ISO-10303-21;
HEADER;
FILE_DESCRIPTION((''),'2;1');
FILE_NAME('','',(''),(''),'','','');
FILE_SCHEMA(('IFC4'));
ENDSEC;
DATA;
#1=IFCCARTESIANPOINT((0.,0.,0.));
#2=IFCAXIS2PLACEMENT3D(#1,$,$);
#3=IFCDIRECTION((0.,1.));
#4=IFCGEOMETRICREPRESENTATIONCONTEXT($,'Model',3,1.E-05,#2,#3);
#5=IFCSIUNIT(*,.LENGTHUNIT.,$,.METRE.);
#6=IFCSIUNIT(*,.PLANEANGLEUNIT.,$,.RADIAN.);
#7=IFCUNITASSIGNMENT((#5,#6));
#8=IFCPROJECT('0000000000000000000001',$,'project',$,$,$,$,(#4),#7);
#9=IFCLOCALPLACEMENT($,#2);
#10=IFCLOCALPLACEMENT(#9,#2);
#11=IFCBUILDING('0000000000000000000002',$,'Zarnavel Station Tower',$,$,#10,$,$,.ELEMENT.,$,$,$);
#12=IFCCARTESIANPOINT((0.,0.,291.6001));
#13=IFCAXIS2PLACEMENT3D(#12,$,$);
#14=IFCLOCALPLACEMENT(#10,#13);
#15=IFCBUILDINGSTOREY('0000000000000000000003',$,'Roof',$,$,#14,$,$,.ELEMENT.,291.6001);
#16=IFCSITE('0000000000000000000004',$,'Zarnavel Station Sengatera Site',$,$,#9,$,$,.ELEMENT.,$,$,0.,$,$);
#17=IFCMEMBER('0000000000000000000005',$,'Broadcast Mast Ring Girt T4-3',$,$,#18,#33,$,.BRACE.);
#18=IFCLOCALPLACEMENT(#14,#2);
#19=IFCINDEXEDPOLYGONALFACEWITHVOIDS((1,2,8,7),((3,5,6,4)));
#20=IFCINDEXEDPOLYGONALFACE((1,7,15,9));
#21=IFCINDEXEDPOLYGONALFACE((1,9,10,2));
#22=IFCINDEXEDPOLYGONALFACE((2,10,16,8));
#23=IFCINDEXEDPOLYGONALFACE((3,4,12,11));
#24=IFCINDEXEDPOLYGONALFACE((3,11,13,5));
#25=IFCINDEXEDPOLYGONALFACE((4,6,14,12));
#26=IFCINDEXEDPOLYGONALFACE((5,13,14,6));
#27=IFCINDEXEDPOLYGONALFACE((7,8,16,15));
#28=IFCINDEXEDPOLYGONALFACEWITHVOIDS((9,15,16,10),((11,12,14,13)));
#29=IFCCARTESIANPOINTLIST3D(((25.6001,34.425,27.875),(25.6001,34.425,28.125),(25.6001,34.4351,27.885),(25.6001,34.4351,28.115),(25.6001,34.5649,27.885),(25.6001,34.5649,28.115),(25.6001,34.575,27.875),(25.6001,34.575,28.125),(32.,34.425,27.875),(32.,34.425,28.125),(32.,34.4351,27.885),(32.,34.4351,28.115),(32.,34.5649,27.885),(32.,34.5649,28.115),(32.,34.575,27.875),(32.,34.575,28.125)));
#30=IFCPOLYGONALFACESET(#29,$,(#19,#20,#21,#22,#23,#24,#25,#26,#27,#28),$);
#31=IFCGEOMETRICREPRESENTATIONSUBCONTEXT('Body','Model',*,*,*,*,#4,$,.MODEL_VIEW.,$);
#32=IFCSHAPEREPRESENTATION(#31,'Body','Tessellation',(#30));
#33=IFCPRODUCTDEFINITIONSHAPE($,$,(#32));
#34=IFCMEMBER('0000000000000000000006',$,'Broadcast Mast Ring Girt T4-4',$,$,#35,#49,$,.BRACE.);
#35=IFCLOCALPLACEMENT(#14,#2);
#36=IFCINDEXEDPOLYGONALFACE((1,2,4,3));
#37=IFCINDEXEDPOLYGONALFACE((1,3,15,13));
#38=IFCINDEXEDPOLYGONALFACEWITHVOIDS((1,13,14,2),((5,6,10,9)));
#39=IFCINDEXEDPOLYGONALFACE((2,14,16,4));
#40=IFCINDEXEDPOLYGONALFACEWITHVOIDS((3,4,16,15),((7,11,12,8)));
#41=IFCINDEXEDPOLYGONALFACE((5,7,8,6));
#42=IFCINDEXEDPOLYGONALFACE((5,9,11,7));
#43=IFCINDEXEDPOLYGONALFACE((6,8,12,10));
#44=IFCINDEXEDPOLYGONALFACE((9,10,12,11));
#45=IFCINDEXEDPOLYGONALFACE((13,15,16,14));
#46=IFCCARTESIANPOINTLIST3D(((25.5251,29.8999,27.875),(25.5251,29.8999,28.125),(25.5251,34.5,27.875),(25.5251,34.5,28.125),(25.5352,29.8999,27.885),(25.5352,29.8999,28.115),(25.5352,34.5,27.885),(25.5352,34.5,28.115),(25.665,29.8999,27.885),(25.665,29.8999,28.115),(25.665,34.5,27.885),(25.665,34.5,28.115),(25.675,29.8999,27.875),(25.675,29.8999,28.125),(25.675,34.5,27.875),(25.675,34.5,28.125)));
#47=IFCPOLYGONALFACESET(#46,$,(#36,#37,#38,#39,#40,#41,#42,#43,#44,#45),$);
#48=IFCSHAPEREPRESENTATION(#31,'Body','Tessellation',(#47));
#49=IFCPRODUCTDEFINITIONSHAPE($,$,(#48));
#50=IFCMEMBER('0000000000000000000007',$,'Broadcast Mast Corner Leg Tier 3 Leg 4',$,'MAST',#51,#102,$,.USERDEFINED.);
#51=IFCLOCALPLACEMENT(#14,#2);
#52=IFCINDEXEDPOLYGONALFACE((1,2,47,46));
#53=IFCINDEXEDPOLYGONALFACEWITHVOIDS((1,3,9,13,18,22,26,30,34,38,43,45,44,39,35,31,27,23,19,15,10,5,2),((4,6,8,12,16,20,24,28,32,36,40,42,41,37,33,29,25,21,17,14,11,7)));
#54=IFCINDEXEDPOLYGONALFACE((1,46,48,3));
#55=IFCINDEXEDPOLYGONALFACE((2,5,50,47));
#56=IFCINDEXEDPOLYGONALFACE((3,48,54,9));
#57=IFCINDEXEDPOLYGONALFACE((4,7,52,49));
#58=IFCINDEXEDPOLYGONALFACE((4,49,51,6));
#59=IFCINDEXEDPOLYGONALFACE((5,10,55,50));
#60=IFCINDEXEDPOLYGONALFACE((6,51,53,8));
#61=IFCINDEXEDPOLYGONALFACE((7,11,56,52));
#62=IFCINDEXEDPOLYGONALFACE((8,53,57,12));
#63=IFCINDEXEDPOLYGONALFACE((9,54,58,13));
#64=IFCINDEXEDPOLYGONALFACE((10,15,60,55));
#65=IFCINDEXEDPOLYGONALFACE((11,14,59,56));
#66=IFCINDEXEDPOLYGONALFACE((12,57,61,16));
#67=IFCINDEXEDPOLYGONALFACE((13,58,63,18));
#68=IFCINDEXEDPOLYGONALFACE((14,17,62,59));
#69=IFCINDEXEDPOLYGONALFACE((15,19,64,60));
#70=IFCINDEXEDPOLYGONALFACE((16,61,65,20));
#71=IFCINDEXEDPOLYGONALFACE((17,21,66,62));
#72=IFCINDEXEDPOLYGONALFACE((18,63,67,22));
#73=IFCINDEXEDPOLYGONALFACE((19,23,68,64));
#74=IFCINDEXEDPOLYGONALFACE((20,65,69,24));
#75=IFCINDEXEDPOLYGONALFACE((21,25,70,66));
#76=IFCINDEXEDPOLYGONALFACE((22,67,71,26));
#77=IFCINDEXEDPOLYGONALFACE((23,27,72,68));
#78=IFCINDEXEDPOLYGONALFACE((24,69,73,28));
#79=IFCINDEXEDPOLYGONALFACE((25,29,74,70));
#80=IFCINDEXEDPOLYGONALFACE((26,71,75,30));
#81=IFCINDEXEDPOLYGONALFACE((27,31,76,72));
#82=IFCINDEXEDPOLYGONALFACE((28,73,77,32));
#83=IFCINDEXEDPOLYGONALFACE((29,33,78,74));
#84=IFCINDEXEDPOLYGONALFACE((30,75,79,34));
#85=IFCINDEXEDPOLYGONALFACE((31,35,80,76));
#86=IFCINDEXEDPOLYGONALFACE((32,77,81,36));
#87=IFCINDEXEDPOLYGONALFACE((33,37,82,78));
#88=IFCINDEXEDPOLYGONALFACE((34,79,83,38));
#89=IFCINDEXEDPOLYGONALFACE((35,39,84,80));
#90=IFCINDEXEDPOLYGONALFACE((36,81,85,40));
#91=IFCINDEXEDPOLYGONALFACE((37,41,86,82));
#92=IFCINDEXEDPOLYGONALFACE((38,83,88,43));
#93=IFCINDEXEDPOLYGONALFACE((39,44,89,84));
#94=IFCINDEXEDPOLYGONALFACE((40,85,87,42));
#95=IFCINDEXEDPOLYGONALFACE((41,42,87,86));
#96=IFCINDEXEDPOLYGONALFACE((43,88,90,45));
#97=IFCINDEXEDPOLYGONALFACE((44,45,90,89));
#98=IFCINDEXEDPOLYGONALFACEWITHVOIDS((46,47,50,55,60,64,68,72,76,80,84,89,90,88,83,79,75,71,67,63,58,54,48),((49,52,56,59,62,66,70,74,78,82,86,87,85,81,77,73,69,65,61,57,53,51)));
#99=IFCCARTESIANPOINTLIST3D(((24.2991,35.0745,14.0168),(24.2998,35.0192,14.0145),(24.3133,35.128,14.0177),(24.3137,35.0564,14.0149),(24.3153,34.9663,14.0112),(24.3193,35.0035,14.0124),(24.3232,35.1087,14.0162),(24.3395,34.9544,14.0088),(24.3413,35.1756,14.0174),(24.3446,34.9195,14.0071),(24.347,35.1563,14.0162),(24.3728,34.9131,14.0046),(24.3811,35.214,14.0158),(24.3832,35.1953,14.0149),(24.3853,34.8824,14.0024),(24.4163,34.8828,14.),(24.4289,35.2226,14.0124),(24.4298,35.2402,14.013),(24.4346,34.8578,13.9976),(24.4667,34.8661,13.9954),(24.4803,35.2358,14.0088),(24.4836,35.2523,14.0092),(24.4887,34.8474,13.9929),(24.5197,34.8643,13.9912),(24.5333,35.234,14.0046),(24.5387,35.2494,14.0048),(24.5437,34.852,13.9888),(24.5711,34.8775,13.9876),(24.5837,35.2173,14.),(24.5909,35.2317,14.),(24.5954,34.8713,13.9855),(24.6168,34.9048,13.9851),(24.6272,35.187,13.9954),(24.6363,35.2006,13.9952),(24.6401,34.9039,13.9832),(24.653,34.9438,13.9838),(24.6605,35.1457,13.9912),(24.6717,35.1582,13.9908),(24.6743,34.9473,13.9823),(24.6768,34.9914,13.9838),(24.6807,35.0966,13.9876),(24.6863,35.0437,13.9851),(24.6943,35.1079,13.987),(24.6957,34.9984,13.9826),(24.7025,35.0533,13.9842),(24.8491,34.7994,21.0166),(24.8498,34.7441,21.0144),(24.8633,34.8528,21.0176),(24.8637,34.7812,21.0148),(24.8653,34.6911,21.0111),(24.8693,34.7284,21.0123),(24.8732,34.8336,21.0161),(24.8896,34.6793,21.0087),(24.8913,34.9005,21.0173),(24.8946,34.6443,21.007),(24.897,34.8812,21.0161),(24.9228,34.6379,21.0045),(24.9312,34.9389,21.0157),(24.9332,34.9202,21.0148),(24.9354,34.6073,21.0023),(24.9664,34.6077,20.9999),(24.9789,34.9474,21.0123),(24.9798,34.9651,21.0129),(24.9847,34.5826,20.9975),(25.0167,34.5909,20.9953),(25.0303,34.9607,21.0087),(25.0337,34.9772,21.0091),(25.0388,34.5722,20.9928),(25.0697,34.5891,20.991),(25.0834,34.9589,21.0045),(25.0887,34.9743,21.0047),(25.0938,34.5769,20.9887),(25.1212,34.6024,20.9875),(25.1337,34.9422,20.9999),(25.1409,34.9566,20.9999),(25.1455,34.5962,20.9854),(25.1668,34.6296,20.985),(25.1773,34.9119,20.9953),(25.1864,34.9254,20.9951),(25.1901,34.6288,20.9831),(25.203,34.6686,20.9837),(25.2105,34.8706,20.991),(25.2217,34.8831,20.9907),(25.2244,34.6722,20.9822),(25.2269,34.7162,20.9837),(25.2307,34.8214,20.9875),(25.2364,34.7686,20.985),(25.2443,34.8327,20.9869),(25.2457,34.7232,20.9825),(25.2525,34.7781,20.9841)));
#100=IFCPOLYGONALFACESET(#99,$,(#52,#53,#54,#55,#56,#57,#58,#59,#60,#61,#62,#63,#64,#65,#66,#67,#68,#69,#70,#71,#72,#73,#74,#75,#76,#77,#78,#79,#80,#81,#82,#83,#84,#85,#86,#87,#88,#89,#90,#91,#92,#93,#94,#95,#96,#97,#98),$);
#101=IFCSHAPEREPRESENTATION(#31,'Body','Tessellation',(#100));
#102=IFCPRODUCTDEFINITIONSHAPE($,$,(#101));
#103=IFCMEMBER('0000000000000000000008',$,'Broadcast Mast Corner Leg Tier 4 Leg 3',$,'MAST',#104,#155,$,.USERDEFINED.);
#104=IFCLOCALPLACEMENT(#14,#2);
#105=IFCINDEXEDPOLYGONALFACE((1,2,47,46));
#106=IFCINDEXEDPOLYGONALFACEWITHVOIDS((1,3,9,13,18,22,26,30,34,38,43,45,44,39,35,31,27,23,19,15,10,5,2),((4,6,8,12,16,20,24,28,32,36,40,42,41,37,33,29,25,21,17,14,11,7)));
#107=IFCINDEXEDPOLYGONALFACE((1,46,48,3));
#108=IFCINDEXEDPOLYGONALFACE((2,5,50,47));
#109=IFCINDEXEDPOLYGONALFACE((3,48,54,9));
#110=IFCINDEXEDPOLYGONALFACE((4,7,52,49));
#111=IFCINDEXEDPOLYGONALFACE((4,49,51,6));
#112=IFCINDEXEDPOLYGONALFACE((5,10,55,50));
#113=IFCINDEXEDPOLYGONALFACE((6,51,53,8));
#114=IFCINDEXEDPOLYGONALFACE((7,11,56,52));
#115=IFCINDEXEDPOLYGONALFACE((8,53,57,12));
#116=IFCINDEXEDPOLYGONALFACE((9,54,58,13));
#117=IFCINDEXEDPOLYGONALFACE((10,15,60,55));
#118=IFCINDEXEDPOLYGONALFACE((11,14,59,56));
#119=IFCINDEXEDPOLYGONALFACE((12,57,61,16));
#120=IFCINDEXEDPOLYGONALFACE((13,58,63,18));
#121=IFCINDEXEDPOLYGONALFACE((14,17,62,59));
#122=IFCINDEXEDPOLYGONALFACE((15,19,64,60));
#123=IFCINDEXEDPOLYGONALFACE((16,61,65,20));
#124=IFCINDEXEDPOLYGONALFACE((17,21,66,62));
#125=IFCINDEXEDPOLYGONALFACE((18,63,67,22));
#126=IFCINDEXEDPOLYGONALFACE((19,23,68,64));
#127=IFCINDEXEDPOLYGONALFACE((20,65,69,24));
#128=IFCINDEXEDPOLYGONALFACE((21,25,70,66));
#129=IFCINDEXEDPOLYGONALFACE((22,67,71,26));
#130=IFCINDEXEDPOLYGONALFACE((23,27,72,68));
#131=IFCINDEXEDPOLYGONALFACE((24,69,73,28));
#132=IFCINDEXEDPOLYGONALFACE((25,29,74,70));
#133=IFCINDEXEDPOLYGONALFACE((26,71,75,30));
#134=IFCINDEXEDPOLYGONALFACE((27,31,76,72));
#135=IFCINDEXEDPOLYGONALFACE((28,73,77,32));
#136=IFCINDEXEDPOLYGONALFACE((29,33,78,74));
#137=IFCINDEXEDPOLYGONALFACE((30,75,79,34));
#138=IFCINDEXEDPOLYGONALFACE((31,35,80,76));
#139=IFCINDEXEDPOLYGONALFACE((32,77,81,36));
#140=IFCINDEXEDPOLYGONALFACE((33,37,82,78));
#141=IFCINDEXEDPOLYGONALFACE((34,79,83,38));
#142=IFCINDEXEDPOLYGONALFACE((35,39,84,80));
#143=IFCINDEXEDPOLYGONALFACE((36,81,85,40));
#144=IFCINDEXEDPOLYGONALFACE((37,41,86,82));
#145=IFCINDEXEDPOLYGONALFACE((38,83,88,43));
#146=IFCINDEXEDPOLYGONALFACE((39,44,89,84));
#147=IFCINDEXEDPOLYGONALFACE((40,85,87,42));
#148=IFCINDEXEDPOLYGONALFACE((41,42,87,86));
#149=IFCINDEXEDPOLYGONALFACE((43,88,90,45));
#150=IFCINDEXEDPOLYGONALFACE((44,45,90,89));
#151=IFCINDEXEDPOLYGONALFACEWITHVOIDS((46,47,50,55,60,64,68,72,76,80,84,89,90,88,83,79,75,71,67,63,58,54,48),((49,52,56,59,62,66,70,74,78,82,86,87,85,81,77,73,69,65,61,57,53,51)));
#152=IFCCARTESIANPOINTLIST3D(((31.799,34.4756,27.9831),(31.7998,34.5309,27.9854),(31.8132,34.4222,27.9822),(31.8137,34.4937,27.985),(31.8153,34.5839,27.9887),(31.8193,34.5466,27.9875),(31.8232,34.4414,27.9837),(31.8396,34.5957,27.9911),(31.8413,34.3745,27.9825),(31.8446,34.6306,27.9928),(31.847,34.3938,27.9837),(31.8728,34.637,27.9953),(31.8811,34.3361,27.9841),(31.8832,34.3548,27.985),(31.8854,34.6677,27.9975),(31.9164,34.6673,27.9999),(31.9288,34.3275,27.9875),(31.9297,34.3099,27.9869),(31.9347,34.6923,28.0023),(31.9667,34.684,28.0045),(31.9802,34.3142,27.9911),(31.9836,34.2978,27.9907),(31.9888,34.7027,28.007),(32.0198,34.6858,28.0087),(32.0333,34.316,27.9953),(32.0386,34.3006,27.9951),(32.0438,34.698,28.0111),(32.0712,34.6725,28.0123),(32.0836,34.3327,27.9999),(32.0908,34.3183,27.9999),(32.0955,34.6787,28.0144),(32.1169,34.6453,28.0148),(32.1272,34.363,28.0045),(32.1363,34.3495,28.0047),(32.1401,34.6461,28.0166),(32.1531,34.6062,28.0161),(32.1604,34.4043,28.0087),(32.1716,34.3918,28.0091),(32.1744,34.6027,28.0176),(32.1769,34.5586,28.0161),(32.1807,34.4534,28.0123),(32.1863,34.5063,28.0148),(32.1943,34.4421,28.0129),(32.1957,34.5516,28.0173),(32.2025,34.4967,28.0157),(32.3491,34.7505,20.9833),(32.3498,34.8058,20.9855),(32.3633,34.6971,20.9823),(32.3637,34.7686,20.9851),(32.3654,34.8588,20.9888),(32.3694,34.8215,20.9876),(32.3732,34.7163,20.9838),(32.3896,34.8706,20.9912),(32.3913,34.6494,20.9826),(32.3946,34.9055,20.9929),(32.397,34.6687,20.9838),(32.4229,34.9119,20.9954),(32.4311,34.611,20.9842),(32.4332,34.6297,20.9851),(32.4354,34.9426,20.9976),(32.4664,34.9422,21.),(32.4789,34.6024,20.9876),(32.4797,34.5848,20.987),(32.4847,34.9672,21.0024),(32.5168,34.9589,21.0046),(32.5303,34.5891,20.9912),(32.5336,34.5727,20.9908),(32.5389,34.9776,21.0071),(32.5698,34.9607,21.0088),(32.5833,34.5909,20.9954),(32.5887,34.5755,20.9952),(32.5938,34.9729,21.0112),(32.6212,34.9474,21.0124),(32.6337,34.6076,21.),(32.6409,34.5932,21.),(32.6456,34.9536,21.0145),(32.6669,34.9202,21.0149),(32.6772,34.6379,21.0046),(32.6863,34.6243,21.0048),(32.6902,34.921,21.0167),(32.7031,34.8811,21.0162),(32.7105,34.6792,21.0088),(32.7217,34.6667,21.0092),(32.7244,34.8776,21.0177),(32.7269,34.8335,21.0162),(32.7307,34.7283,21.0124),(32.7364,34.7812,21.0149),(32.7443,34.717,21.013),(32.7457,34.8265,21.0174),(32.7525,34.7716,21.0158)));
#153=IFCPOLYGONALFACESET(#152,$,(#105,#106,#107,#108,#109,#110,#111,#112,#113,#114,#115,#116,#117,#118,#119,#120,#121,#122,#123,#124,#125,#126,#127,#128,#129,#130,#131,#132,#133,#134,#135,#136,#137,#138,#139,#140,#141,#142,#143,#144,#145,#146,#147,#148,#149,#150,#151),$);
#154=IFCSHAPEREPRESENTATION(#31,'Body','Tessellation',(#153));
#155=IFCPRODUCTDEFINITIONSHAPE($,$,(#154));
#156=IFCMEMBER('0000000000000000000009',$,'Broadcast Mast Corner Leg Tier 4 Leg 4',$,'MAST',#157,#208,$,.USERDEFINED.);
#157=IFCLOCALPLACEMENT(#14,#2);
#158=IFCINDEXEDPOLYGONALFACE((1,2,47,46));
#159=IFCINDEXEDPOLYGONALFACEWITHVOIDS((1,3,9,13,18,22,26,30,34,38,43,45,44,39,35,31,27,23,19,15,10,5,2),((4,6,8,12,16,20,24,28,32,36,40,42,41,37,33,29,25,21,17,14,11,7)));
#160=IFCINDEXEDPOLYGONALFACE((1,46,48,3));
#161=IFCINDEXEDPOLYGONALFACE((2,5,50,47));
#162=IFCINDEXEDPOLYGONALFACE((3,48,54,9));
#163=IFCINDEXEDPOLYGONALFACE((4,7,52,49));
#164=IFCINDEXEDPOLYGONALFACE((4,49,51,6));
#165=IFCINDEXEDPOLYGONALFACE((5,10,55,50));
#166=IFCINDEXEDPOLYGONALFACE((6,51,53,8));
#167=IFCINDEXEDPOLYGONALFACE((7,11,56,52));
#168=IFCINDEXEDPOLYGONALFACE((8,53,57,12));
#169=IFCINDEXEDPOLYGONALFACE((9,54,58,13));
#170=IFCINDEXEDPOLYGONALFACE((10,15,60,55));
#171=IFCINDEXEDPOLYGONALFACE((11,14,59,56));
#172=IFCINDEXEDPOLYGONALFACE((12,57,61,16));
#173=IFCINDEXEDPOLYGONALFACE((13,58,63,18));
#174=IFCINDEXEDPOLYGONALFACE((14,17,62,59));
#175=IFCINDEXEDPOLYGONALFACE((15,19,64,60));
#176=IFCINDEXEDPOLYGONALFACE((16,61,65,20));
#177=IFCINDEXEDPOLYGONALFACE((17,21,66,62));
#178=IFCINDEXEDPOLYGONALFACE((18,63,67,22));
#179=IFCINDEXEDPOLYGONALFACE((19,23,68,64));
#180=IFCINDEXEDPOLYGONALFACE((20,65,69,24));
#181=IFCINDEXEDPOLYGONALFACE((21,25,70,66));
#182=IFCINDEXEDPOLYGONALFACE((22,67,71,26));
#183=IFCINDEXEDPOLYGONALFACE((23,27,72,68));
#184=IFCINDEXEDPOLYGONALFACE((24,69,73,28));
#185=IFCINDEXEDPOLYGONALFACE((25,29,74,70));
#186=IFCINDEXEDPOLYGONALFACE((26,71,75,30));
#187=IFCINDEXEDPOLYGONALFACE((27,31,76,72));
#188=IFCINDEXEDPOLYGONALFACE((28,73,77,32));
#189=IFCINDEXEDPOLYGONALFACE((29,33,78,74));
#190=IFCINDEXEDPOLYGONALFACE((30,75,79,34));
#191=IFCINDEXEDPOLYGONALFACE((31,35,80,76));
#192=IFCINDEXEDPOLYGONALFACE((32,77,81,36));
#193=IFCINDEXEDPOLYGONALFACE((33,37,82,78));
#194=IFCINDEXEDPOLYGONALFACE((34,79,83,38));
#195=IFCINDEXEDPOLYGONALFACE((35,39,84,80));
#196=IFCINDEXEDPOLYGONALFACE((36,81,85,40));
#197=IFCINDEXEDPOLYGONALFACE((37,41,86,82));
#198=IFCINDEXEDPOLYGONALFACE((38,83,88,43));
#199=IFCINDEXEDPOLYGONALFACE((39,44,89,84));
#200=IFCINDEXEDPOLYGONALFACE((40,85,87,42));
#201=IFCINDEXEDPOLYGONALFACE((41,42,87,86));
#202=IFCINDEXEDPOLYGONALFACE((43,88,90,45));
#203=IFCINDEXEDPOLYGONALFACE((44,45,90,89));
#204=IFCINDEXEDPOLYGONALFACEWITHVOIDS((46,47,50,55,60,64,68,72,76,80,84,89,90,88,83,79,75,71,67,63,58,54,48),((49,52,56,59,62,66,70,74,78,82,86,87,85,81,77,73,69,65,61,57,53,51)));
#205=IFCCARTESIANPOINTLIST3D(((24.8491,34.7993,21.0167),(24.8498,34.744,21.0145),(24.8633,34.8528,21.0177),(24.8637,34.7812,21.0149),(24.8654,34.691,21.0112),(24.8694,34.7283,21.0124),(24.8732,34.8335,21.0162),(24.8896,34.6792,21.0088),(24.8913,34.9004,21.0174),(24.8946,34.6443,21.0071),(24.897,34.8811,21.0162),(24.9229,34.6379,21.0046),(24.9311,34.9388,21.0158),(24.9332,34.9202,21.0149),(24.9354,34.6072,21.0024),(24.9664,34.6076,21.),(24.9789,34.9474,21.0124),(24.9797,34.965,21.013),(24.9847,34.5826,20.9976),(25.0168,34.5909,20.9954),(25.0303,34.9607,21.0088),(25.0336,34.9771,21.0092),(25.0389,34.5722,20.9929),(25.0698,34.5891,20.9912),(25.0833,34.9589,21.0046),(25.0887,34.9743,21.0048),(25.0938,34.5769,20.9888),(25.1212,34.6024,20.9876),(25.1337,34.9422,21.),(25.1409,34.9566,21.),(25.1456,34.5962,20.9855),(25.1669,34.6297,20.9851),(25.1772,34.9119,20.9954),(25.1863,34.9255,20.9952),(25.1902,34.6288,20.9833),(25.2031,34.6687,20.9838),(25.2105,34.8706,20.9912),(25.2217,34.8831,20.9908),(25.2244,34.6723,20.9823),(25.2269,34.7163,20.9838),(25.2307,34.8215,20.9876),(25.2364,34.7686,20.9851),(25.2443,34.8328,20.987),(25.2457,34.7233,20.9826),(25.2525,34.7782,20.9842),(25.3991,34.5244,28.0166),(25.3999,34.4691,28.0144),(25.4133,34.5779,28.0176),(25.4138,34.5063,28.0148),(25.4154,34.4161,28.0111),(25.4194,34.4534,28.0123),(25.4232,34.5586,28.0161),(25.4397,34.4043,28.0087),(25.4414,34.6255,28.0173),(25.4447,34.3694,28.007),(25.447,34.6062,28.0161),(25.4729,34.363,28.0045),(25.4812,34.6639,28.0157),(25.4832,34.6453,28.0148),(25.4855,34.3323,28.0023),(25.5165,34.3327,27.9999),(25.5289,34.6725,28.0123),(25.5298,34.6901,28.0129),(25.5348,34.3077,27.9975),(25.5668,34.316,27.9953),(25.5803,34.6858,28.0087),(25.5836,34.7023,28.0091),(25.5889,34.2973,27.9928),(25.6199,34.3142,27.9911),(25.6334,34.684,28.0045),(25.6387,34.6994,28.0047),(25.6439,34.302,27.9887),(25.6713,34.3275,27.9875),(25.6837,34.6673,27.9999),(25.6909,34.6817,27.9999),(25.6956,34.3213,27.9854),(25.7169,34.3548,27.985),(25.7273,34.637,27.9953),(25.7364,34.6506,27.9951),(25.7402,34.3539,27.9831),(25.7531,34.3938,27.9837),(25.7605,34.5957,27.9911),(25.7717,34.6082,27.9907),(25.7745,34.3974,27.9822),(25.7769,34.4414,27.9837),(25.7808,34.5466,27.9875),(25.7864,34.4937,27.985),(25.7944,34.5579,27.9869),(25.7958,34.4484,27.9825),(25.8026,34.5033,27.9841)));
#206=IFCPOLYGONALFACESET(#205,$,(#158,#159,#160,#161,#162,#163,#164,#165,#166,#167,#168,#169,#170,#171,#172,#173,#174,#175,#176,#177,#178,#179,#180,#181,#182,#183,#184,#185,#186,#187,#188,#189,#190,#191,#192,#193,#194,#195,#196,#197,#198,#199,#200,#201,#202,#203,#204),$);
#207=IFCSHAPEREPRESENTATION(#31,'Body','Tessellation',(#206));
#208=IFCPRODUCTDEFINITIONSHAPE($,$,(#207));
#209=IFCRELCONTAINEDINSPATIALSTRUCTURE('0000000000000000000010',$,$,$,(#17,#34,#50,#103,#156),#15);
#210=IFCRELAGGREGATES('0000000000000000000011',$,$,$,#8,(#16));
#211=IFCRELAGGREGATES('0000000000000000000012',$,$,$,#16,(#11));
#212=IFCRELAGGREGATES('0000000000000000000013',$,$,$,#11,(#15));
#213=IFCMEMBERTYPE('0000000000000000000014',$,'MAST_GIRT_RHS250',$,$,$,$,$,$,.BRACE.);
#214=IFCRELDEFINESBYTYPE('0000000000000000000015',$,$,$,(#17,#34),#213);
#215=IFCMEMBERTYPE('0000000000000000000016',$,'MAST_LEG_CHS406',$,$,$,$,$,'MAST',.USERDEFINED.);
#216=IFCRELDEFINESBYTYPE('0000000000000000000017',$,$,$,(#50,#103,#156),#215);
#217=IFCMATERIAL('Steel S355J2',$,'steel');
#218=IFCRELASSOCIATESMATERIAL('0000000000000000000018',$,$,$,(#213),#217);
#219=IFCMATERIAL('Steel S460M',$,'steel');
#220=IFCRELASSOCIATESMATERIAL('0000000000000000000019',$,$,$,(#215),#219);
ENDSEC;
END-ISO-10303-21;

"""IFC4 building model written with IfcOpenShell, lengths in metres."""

from ifc_helpers import new_model, si_unit, direction, frame, origin, origin_2d, place, context, subcontext, project, spatial, hollow_rectangle, hollow_circle, extrude, material, material_profile, profile_set, type_object, element, save


model = new_model("IFC4")

# Units and contexts
model_context = context("Model", 3, precision=1e-05, world=origin(), true_north=direction((0.0, 1.0)))
body_context = subcontext(model_context, "Body", "Model", "MODEL_VIEW")
ifc_project = project(units=[si_unit("LENGTHUNIT", "METRE"), si_unit("PLANEANGLEUNIT", "RADIAN")], contexts=[model_context])

# Site, building, storey
site_placement = place(None, origin())
site = spatial("IfcSite", under=ifc_project, at=site_placement, Name="Zarnavel Station Sengatera Site", CompositionType="ELEMENT", RefElevation=0.0)
building_placement = place(site_placement, origin())
building = spatial("IfcBuilding", under=site, at=building_placement, Name="Zarnavel Station Tower", CompositionType="ELEMENT")
storey_placement = place(building_placement, frame((0.0, 0.0, 291.6001)))
storey = spatial("IfcBuildingStorey", under=building, at=storey_placement, Name="Roof", CompositionType="ELEMENT", Elevation=291.6001)

# Members
ifc_material_1 = material(Name="Steel S355J2", Category="steel")
ifc_material_profile_1 = material_profile(ifc_material_1, hollow_rectangle(XDim=0.1499, YDim=0.25, WallThickness=0.01, at=origin_2d()), Name="RHS250x150x10")
ifc_profile_set_1 = profile_set([ifc_material_profile_1], Name="Steel S355J2")
member_type_1 = type_object("IfcMemberType", Name="MAST_GIRT_RHS250", PredefinedType="BRACE", material=ifc_profile_set_1)
member_1_placement = place(storey_placement, frame((32.0, 34.5, 28.0), z_axis=(-1.0, 0.0, 0.0), x_axis=(0.0, -1.0, 0.0)))
element("IfcMember", 1, at=member_1_placement, inside=storey, type_object=member_type_1, Name="Broadcast Mast Ring Girt T4-3", PredefinedType="BRACE", context=body_context, shape_type="SweptSolid", body=[
    extrude(hollow_rectangle(XDim=0.1499, YDim=0.25, WallThickness=0.01, at=origin_2d()), origin(), (0.0, 0.0, 1.0), 6.3999),
])
member_2_placement = place(storey_placement, frame((25.6001, 34.5, 28.0), z_axis=(0.0, -1.0, 0.0), x_axis=(1.0, 0.0, 0.0)))
element("IfcMember", 2, at=member_2_placement, inside=storey, type_object=member_type_1, Name="Broadcast Mast Ring Girt T4-4", PredefinedType="BRACE", context=body_context, shape_type="SweptSolid", body=[
    extrude(hollow_rectangle(XDim=0.1499, YDim=0.25, WallThickness=0.01, at=origin_2d()), origin(), (0.0, 0.0, 1.0), 4.6001),
])
ifc_material_2 = material(Name="Steel S460M", Category="steel")
ifc_material_profile_2 = material_profile(ifc_material_2, hollow_circle(Radius=0.2031, WallThickness=0.0161, at=origin_2d()), Name="CHS406.4x16")
ifc_profile_set_2 = profile_set([ifc_material_profile_2], Name="Steel S460M")
member_type_2 = type_object("IfcMemberType", Name="MAST_LEG_CHS406", ElementType="MAST", PredefinedType="USERDEFINED", material=ifc_profile_set_2)
for number, where, z_axis, x_axis, name in (
    (3, (24.5, 35.05, 14.0), (0.078277, -0.039156, 0.996162), (0.447372, 0.894348, 0.0), "Broadcast Mast Corner Leg Tier 3 Leg 4"),
    (4, (32.55, 34.7749, 21.0), (-0.078277, -0.039121, 0.996164), (0.447055, -0.894507, 0.0), "Broadcast Mast Corner Leg Tier 4 Leg 3"),
    (5, (25.05, 34.7749, 21.0), (0.078277, -0.039121, 0.996164), (0.447055, 0.894507, 0.0), "Broadcast Mast Corner Leg Tier 4 Leg 4"),
):
    element("IfcMember", number, at=place(storey_placement, frame(where, z_axis=z_axis, x_axis=x_axis)), inside=storey, type_object=member_type_2, Name=name, ObjectType="MAST", PredefinedType="USERDEFINED", context=body_context, shape_type="SweptSolid", body=[
        extrude(hollow_circle(Radius=0.2031, WallThickness=0.0161, at=origin_2d()), origin(), (0.0, 0.0, 1.0), 7.0269),
    ])

save(model, "model.ifc")
